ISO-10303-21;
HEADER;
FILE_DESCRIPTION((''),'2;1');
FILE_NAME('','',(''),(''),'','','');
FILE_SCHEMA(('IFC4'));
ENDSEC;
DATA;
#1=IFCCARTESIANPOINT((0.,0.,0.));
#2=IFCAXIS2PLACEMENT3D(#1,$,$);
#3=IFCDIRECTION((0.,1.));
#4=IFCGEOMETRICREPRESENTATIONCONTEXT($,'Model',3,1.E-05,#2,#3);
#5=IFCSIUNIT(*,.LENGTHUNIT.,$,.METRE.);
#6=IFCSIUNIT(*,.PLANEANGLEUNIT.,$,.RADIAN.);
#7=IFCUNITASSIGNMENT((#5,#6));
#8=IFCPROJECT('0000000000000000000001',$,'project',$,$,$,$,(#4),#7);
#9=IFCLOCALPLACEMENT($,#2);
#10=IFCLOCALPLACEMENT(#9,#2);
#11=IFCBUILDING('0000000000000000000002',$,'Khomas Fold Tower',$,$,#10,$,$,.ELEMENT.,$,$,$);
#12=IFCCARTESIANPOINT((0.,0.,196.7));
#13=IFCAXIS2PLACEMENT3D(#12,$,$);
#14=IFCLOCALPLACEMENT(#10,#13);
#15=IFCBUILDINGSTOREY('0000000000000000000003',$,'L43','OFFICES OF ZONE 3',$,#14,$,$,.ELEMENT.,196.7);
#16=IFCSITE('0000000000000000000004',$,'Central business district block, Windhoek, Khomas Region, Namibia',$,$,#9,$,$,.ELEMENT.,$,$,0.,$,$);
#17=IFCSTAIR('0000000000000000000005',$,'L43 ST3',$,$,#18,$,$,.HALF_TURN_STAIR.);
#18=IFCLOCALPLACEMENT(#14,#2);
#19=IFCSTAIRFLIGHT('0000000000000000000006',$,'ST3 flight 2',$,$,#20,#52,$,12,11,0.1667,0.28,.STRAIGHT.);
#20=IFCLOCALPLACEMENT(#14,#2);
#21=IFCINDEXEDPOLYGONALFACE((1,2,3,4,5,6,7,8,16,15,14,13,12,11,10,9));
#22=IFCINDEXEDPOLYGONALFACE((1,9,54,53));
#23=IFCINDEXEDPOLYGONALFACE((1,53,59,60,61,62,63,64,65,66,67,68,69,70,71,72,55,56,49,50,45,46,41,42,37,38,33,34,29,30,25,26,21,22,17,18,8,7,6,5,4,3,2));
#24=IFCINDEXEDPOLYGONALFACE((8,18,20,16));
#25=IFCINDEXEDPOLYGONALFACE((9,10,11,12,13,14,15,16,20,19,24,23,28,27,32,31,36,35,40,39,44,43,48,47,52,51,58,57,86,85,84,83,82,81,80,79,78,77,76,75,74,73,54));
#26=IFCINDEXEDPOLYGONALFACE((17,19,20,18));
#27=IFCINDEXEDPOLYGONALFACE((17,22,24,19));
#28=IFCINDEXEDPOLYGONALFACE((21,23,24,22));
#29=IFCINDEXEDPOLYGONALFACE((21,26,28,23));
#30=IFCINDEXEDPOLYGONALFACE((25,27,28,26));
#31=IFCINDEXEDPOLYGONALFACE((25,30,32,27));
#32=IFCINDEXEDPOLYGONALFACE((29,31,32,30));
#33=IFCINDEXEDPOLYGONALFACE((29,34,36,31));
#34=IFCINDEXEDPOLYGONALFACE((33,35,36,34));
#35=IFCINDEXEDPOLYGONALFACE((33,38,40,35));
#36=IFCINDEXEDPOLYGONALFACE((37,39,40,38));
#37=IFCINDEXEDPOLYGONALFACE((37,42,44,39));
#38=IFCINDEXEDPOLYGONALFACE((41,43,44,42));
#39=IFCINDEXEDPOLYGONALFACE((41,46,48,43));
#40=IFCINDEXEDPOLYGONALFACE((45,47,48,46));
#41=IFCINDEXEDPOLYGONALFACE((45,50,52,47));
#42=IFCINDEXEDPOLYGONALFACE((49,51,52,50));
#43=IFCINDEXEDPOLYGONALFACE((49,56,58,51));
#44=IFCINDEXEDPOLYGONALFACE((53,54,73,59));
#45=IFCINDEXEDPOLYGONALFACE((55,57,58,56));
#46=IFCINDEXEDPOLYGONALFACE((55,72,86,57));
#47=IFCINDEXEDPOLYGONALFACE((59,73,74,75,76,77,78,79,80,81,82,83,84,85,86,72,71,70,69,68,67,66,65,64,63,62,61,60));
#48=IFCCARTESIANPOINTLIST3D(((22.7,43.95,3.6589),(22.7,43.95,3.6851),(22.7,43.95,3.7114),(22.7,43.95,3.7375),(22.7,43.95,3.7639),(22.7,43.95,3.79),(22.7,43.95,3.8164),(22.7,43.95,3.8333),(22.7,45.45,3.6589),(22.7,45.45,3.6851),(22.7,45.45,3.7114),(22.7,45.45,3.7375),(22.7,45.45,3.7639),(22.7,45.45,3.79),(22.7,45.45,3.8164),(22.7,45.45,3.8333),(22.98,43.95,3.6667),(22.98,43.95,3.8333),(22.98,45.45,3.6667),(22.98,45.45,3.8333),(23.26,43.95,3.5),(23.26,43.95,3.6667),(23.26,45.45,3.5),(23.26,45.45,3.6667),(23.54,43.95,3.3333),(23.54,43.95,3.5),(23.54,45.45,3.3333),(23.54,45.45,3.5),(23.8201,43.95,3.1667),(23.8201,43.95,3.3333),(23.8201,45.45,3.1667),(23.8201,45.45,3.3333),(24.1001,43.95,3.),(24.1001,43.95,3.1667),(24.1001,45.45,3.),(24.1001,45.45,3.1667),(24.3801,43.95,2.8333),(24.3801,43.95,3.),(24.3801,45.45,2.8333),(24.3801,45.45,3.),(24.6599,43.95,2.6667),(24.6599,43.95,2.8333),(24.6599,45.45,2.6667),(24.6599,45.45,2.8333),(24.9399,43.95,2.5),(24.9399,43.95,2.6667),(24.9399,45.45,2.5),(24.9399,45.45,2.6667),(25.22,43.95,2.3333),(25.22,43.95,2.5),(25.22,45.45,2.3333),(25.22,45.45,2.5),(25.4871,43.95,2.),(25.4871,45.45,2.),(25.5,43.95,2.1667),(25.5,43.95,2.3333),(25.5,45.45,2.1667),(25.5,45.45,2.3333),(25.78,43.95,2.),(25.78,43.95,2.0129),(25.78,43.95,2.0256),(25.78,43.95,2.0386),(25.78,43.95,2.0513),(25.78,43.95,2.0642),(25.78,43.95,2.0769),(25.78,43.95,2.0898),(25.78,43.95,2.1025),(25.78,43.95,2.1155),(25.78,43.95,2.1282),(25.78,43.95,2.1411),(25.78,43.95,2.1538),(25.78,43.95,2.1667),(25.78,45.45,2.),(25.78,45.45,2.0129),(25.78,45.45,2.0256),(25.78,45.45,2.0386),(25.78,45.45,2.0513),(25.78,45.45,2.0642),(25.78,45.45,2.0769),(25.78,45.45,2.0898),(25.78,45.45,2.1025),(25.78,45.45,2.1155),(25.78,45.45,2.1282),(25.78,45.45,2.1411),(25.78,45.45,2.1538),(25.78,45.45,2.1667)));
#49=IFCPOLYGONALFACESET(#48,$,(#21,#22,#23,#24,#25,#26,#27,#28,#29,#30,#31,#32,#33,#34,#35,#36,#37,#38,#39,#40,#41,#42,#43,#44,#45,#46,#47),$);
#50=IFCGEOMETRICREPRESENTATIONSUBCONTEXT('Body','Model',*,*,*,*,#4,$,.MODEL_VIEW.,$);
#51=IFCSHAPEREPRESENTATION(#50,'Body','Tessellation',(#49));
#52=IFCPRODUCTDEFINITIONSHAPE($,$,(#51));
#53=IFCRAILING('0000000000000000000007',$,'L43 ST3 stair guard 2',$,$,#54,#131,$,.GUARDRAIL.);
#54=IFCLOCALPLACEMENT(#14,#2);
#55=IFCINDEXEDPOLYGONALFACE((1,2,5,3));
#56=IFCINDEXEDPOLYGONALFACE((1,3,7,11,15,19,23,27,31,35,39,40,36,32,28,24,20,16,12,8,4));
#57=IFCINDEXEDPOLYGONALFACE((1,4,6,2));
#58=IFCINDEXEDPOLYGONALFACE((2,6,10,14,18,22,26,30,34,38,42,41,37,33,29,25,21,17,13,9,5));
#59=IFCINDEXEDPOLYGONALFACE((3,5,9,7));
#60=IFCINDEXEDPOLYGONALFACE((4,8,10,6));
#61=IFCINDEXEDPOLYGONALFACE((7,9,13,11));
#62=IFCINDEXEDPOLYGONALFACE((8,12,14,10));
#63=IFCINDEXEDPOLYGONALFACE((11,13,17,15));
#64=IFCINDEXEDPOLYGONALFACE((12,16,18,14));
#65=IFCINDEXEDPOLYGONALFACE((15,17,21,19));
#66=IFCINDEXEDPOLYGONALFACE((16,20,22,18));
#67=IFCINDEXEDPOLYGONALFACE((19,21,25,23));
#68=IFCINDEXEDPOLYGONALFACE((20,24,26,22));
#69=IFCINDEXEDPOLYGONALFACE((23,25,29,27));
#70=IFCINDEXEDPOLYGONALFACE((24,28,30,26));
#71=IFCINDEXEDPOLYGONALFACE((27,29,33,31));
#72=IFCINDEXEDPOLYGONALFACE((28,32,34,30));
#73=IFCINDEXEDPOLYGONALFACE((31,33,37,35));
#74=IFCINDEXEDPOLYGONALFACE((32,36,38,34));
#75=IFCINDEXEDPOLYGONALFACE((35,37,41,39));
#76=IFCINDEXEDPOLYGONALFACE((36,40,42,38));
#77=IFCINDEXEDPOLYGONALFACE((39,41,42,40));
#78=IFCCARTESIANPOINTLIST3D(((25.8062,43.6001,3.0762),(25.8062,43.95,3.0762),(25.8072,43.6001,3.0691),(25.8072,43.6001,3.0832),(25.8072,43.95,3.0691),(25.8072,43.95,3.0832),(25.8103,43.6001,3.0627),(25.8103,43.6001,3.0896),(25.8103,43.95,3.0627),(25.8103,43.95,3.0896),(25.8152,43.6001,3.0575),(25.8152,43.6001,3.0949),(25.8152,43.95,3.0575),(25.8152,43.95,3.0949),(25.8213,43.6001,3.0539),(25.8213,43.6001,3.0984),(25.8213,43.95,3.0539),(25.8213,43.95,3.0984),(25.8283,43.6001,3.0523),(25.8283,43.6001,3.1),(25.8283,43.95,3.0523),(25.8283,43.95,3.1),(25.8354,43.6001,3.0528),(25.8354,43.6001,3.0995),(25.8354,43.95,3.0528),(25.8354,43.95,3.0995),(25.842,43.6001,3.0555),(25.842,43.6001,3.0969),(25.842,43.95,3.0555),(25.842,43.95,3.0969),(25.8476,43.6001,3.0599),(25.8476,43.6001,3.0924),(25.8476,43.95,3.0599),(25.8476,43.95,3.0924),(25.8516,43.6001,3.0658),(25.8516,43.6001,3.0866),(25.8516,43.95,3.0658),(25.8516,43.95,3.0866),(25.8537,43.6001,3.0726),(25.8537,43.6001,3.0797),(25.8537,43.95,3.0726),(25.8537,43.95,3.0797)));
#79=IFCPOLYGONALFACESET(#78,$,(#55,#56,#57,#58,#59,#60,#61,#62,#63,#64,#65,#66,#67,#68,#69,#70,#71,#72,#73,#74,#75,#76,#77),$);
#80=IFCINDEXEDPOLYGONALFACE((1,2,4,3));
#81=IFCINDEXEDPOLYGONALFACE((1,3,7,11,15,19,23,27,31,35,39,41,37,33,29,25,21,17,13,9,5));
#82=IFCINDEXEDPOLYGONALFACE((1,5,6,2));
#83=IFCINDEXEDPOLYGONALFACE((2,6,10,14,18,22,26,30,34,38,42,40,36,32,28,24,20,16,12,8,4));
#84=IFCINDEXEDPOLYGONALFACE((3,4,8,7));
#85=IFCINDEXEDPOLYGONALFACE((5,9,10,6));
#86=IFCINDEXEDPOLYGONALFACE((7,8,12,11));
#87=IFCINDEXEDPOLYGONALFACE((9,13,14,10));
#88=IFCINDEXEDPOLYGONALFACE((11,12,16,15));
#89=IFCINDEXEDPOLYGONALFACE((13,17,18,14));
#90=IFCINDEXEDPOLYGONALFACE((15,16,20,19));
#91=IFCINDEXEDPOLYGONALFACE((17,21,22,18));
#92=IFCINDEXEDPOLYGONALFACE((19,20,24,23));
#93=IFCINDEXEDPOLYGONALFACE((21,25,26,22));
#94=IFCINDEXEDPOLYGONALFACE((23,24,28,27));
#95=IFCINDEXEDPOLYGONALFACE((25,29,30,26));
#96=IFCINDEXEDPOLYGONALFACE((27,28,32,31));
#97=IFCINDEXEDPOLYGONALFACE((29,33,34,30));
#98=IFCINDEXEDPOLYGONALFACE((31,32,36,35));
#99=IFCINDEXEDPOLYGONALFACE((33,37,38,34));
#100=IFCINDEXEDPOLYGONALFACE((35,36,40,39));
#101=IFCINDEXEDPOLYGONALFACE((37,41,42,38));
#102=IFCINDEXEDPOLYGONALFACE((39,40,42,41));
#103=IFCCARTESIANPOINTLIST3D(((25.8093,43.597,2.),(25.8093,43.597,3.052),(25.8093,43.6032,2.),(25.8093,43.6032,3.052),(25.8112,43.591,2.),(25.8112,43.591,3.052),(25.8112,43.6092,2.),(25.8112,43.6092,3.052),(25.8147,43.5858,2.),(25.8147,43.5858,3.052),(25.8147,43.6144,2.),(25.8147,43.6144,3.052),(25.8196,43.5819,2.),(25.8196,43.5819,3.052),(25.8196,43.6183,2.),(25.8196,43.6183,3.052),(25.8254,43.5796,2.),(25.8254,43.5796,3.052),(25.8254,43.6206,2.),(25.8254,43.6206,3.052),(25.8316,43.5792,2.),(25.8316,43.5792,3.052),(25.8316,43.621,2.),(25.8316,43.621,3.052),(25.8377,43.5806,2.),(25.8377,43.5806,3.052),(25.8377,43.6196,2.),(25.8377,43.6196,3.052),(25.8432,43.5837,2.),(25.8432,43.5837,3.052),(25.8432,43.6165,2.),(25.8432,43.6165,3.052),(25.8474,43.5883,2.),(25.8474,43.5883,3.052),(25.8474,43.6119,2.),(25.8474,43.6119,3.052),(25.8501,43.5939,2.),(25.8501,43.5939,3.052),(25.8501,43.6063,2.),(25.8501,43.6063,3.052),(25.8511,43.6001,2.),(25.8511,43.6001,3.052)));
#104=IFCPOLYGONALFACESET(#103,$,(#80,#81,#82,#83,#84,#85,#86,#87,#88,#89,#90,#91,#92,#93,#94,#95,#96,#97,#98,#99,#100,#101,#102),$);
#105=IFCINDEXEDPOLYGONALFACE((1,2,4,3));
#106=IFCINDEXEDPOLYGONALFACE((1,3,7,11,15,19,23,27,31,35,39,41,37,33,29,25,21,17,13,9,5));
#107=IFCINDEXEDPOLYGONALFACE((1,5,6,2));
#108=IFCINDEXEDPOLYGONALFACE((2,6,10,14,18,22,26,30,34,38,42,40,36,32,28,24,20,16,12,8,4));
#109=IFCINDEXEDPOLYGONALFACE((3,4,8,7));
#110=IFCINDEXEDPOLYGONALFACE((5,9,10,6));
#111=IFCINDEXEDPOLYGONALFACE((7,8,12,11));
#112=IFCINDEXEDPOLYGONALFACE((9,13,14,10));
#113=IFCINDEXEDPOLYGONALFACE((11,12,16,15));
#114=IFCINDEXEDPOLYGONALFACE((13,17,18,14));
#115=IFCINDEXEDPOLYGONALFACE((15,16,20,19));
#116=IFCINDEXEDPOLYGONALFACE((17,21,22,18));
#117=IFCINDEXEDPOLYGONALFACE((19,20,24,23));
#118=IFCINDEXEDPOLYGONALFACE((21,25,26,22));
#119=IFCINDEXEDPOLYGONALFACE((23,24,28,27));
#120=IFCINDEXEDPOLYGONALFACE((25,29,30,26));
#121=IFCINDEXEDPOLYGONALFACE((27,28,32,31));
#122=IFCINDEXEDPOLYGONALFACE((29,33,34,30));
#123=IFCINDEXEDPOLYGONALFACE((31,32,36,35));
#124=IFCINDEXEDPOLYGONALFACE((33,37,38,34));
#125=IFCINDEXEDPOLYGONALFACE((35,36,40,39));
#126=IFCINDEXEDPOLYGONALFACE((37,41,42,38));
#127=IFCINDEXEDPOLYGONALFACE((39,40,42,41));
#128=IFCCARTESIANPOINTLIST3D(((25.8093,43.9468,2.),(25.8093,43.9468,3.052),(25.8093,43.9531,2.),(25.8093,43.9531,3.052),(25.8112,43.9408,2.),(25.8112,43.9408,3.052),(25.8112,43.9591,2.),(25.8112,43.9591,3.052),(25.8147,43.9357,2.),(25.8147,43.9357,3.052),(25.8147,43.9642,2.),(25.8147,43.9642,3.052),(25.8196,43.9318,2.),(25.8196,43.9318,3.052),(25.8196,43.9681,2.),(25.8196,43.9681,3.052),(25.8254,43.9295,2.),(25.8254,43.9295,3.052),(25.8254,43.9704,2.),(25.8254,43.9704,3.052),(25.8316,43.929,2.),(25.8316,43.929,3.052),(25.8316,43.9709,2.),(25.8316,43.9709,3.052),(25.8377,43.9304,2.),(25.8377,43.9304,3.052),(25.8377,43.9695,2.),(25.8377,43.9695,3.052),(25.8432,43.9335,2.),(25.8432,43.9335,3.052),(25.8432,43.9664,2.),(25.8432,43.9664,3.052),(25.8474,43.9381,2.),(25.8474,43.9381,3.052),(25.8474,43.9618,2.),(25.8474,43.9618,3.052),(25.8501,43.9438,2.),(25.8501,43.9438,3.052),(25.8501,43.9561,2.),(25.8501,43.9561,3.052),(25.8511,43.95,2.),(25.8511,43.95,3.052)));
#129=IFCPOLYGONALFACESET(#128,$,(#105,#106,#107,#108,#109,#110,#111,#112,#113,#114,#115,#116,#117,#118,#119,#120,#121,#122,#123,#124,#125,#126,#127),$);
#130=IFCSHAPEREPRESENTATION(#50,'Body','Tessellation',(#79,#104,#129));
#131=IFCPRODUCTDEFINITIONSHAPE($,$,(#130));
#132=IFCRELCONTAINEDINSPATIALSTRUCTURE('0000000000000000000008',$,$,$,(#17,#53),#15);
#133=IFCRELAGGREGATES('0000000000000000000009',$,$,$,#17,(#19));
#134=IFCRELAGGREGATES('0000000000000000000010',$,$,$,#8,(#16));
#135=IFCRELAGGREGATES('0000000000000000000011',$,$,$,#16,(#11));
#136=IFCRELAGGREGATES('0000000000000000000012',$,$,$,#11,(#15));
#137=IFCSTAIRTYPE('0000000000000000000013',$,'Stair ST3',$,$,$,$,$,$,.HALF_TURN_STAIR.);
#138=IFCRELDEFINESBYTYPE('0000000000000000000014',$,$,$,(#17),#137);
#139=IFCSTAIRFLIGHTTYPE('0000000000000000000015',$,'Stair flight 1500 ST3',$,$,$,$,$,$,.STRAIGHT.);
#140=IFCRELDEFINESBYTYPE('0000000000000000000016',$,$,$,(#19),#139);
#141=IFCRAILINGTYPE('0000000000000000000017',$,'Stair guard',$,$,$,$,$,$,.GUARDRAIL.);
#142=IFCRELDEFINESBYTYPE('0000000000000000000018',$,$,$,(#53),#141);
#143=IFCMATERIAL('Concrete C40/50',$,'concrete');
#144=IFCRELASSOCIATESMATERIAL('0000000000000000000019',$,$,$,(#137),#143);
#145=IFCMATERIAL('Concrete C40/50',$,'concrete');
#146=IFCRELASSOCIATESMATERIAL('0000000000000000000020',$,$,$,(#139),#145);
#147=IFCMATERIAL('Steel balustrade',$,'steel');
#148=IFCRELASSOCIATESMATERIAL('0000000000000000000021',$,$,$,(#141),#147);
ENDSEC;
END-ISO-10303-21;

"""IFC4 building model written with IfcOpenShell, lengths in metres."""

from ifc_helpers import new_model, si_unit, direction, frame, origin, origin_2d, place, context, subcontext, project, spatial, polyline, circle, outline, extrude, source, transform, mapped, material, type_object, element, aggregate, save


model = new_model("IFC4")

# Units and contexts
model_context = context("Model", 3, precision=1e-05, world=origin(), true_north=direction((0.0, 1.0)))
body_context = subcontext(model_context, "Body", "Model", "MODEL_VIEW")
ifc_project = project(units=[si_unit("LENGTHUNIT", "METRE"), si_unit("PLANEANGLEUNIT", "RADIAN")], contexts=[model_context])

# Site, building, storey
site_placement = place(None, origin())
site = spatial("IfcSite", under=ifc_project, at=site_placement, Name="Central business district block, Windhoek, Khomas Region, Namibia", CompositionType="ELEMENT", RefElevation=0.0)
building_placement = place(site_placement, origin())
building = spatial("IfcBuilding", under=site, at=building_placement, Name="Khomas Fold Tower", CompositionType="ELEMENT")
storey_placement = place(building_placement, frame((0.0, 0.0, 196.7)))
storey = spatial("IfcBuildingStorey", under=building, at=storey_placement, Name="L43", Description="OFFICES OF ZONE 3", CompositionType="ELEMENT", Elevation=196.7)

# Stair, stair flight
ifc_material_1 = material(Name="Concrete C40/50", Category="concrete")
stair_type = type_object("IfcStairType", Name="Stair ST3", PredefinedType="HALF_TURN_STAIR", material=ifc_material_1)
stair_placement = place(storey_placement, origin())
stair = element("IfcStair", 1, at=stair_placement, inside=storey, type_object=stair_type, Name="L43 ST3", PredefinedType="HALF_TURN_STAIR")
ifc_material_2 = material(Name="Concrete C40/50", Category="concrete")
stair_flight_type = type_object("IfcStairFlightType", Name="Stair flight 1500 ST3", PredefinedType="STRAIGHT", material=ifc_material_2)
shared_shape_1 = source(origin(), body_context, "Body", "SweptSolid", [
    extrude(outline(polyline([(0.0, 0.0), (0.0, 0.0129), (0.0, 0.0256), (0.0, 0.0386), (0.0, 0.0513), (0.0, 0.0642), (0.0, 0.0769), (0.0, 0.0898), (0.0, 0.1025), (0.0, 0.1155), (0.0, 0.1282), (0.0, 0.1411), (0.0, 0.1538), (0.0, 0.1667), (0.28, 0.1667), (0.28, 0.3333), (0.5601, 0.3333), (0.5601, 0.5), (0.8401, 0.5), (0.8401, 0.6667), (1.1201, 0.6667), (1.1201, 0.8333), (1.3999, 0.8333), (1.3999, 1.0), (1.6799, 1.0), (1.6799, 1.1667), (1.96, 1.1667), (1.96, 1.3333), (2.24, 1.3333), (2.24, 1.5), (2.52, 1.5), (2.52, 1.6667), (2.8, 1.6667), (2.8, 1.8333), (3.0801, 1.8333), (3.0801, 2.0), (3.0801, 1.9739), (3.0801, 1.9475), (3.0801, 1.9214), (3.0801, 1.895), (3.0801, 1.8689), (3.0801, 1.8425), (3.0801, 1.8164), (3.0801, 1.79), (3.0801, 1.7639), (3.0801, 1.7375), (3.0801, 1.7114), (3.0801, 1.6851), (3.0801, 1.6589), (0.293, 0.0), (0.0, 0.0)])), frame((0.0, 0.75, 0.0), z_axis=(0.0, -1.0, 0.0), x_axis=(1.0, 0.0, 0.0)), (0.0, 0.0, 1.0), 1.5),
])
stair_flight_1_placement = place(storey_placement, frame((25.78, 44.7, 2.0), z_axis=(0.0, 0.0, 1.0), x_axis=(-1.0, 0.0, 0.0)))
stair_flight_1 = element("IfcStairFlight", 2, at=stair_flight_1_placement, type_object=stair_flight_type, Name="ST3 flight 2", NumberOfRisers=12, NumberOfTreads=11, PredefinedType="STRAIGHT", RiserHeight=0.1667, TreadLength=0.28, context=body_context, shape_type="MappedRepresentation", body=[
    mapped(shared_shape_1, transform((0.0, 0.0, 0.0))),
])
aggregate(stair, [stair_flight_1])

# Railing
ifc_material_3 = material(Name="Steel balustrade", Category="steel")
railing_type_1 = type_object("IfcRailingType", Name="Stair guard", PredefinedType="GUARDRAIL", material=ifc_material_3)
shared_shape_2 = source(origin(), body_context, "Body", "SweptSolid", [
    extrude(circle(Radius=0.0239, at=origin_2d()), frame((0.0, 0.0, 1.0762), z_axis=(0.0, 1.0, 0.0), x_axis=(-1.0, 0.0, 0.0)), (0.0, 0.0, 1.0), 0.3499),
    extrude(circle(Radius=0.021, at=origin_2d()), origin(), (0.0, 0.0, 1.0), 1.052),
    extrude(circle(Radius=0.021, at=origin_2d()), frame((0.0, 0.3499, 0.0)), (0.0, 0.0, 1.0), 1.052),
])
for number, where, name in (
    (3, (25.8301, 43.6001, 2.0), "L43 ST3 stair guard 2"),
):
    element("IfcRailing", number, at=place(storey_placement, frame(where)), inside=storey, type_object=railing_type_1, Name=name, PredefinedType="GUARDRAIL", context=body_context, shape_type="MappedRepresentation", body=[
        mapped(shared_shape_2, transform((0.0, 0.0, 0.0))),
    ])

save(model, "model.ifc")
